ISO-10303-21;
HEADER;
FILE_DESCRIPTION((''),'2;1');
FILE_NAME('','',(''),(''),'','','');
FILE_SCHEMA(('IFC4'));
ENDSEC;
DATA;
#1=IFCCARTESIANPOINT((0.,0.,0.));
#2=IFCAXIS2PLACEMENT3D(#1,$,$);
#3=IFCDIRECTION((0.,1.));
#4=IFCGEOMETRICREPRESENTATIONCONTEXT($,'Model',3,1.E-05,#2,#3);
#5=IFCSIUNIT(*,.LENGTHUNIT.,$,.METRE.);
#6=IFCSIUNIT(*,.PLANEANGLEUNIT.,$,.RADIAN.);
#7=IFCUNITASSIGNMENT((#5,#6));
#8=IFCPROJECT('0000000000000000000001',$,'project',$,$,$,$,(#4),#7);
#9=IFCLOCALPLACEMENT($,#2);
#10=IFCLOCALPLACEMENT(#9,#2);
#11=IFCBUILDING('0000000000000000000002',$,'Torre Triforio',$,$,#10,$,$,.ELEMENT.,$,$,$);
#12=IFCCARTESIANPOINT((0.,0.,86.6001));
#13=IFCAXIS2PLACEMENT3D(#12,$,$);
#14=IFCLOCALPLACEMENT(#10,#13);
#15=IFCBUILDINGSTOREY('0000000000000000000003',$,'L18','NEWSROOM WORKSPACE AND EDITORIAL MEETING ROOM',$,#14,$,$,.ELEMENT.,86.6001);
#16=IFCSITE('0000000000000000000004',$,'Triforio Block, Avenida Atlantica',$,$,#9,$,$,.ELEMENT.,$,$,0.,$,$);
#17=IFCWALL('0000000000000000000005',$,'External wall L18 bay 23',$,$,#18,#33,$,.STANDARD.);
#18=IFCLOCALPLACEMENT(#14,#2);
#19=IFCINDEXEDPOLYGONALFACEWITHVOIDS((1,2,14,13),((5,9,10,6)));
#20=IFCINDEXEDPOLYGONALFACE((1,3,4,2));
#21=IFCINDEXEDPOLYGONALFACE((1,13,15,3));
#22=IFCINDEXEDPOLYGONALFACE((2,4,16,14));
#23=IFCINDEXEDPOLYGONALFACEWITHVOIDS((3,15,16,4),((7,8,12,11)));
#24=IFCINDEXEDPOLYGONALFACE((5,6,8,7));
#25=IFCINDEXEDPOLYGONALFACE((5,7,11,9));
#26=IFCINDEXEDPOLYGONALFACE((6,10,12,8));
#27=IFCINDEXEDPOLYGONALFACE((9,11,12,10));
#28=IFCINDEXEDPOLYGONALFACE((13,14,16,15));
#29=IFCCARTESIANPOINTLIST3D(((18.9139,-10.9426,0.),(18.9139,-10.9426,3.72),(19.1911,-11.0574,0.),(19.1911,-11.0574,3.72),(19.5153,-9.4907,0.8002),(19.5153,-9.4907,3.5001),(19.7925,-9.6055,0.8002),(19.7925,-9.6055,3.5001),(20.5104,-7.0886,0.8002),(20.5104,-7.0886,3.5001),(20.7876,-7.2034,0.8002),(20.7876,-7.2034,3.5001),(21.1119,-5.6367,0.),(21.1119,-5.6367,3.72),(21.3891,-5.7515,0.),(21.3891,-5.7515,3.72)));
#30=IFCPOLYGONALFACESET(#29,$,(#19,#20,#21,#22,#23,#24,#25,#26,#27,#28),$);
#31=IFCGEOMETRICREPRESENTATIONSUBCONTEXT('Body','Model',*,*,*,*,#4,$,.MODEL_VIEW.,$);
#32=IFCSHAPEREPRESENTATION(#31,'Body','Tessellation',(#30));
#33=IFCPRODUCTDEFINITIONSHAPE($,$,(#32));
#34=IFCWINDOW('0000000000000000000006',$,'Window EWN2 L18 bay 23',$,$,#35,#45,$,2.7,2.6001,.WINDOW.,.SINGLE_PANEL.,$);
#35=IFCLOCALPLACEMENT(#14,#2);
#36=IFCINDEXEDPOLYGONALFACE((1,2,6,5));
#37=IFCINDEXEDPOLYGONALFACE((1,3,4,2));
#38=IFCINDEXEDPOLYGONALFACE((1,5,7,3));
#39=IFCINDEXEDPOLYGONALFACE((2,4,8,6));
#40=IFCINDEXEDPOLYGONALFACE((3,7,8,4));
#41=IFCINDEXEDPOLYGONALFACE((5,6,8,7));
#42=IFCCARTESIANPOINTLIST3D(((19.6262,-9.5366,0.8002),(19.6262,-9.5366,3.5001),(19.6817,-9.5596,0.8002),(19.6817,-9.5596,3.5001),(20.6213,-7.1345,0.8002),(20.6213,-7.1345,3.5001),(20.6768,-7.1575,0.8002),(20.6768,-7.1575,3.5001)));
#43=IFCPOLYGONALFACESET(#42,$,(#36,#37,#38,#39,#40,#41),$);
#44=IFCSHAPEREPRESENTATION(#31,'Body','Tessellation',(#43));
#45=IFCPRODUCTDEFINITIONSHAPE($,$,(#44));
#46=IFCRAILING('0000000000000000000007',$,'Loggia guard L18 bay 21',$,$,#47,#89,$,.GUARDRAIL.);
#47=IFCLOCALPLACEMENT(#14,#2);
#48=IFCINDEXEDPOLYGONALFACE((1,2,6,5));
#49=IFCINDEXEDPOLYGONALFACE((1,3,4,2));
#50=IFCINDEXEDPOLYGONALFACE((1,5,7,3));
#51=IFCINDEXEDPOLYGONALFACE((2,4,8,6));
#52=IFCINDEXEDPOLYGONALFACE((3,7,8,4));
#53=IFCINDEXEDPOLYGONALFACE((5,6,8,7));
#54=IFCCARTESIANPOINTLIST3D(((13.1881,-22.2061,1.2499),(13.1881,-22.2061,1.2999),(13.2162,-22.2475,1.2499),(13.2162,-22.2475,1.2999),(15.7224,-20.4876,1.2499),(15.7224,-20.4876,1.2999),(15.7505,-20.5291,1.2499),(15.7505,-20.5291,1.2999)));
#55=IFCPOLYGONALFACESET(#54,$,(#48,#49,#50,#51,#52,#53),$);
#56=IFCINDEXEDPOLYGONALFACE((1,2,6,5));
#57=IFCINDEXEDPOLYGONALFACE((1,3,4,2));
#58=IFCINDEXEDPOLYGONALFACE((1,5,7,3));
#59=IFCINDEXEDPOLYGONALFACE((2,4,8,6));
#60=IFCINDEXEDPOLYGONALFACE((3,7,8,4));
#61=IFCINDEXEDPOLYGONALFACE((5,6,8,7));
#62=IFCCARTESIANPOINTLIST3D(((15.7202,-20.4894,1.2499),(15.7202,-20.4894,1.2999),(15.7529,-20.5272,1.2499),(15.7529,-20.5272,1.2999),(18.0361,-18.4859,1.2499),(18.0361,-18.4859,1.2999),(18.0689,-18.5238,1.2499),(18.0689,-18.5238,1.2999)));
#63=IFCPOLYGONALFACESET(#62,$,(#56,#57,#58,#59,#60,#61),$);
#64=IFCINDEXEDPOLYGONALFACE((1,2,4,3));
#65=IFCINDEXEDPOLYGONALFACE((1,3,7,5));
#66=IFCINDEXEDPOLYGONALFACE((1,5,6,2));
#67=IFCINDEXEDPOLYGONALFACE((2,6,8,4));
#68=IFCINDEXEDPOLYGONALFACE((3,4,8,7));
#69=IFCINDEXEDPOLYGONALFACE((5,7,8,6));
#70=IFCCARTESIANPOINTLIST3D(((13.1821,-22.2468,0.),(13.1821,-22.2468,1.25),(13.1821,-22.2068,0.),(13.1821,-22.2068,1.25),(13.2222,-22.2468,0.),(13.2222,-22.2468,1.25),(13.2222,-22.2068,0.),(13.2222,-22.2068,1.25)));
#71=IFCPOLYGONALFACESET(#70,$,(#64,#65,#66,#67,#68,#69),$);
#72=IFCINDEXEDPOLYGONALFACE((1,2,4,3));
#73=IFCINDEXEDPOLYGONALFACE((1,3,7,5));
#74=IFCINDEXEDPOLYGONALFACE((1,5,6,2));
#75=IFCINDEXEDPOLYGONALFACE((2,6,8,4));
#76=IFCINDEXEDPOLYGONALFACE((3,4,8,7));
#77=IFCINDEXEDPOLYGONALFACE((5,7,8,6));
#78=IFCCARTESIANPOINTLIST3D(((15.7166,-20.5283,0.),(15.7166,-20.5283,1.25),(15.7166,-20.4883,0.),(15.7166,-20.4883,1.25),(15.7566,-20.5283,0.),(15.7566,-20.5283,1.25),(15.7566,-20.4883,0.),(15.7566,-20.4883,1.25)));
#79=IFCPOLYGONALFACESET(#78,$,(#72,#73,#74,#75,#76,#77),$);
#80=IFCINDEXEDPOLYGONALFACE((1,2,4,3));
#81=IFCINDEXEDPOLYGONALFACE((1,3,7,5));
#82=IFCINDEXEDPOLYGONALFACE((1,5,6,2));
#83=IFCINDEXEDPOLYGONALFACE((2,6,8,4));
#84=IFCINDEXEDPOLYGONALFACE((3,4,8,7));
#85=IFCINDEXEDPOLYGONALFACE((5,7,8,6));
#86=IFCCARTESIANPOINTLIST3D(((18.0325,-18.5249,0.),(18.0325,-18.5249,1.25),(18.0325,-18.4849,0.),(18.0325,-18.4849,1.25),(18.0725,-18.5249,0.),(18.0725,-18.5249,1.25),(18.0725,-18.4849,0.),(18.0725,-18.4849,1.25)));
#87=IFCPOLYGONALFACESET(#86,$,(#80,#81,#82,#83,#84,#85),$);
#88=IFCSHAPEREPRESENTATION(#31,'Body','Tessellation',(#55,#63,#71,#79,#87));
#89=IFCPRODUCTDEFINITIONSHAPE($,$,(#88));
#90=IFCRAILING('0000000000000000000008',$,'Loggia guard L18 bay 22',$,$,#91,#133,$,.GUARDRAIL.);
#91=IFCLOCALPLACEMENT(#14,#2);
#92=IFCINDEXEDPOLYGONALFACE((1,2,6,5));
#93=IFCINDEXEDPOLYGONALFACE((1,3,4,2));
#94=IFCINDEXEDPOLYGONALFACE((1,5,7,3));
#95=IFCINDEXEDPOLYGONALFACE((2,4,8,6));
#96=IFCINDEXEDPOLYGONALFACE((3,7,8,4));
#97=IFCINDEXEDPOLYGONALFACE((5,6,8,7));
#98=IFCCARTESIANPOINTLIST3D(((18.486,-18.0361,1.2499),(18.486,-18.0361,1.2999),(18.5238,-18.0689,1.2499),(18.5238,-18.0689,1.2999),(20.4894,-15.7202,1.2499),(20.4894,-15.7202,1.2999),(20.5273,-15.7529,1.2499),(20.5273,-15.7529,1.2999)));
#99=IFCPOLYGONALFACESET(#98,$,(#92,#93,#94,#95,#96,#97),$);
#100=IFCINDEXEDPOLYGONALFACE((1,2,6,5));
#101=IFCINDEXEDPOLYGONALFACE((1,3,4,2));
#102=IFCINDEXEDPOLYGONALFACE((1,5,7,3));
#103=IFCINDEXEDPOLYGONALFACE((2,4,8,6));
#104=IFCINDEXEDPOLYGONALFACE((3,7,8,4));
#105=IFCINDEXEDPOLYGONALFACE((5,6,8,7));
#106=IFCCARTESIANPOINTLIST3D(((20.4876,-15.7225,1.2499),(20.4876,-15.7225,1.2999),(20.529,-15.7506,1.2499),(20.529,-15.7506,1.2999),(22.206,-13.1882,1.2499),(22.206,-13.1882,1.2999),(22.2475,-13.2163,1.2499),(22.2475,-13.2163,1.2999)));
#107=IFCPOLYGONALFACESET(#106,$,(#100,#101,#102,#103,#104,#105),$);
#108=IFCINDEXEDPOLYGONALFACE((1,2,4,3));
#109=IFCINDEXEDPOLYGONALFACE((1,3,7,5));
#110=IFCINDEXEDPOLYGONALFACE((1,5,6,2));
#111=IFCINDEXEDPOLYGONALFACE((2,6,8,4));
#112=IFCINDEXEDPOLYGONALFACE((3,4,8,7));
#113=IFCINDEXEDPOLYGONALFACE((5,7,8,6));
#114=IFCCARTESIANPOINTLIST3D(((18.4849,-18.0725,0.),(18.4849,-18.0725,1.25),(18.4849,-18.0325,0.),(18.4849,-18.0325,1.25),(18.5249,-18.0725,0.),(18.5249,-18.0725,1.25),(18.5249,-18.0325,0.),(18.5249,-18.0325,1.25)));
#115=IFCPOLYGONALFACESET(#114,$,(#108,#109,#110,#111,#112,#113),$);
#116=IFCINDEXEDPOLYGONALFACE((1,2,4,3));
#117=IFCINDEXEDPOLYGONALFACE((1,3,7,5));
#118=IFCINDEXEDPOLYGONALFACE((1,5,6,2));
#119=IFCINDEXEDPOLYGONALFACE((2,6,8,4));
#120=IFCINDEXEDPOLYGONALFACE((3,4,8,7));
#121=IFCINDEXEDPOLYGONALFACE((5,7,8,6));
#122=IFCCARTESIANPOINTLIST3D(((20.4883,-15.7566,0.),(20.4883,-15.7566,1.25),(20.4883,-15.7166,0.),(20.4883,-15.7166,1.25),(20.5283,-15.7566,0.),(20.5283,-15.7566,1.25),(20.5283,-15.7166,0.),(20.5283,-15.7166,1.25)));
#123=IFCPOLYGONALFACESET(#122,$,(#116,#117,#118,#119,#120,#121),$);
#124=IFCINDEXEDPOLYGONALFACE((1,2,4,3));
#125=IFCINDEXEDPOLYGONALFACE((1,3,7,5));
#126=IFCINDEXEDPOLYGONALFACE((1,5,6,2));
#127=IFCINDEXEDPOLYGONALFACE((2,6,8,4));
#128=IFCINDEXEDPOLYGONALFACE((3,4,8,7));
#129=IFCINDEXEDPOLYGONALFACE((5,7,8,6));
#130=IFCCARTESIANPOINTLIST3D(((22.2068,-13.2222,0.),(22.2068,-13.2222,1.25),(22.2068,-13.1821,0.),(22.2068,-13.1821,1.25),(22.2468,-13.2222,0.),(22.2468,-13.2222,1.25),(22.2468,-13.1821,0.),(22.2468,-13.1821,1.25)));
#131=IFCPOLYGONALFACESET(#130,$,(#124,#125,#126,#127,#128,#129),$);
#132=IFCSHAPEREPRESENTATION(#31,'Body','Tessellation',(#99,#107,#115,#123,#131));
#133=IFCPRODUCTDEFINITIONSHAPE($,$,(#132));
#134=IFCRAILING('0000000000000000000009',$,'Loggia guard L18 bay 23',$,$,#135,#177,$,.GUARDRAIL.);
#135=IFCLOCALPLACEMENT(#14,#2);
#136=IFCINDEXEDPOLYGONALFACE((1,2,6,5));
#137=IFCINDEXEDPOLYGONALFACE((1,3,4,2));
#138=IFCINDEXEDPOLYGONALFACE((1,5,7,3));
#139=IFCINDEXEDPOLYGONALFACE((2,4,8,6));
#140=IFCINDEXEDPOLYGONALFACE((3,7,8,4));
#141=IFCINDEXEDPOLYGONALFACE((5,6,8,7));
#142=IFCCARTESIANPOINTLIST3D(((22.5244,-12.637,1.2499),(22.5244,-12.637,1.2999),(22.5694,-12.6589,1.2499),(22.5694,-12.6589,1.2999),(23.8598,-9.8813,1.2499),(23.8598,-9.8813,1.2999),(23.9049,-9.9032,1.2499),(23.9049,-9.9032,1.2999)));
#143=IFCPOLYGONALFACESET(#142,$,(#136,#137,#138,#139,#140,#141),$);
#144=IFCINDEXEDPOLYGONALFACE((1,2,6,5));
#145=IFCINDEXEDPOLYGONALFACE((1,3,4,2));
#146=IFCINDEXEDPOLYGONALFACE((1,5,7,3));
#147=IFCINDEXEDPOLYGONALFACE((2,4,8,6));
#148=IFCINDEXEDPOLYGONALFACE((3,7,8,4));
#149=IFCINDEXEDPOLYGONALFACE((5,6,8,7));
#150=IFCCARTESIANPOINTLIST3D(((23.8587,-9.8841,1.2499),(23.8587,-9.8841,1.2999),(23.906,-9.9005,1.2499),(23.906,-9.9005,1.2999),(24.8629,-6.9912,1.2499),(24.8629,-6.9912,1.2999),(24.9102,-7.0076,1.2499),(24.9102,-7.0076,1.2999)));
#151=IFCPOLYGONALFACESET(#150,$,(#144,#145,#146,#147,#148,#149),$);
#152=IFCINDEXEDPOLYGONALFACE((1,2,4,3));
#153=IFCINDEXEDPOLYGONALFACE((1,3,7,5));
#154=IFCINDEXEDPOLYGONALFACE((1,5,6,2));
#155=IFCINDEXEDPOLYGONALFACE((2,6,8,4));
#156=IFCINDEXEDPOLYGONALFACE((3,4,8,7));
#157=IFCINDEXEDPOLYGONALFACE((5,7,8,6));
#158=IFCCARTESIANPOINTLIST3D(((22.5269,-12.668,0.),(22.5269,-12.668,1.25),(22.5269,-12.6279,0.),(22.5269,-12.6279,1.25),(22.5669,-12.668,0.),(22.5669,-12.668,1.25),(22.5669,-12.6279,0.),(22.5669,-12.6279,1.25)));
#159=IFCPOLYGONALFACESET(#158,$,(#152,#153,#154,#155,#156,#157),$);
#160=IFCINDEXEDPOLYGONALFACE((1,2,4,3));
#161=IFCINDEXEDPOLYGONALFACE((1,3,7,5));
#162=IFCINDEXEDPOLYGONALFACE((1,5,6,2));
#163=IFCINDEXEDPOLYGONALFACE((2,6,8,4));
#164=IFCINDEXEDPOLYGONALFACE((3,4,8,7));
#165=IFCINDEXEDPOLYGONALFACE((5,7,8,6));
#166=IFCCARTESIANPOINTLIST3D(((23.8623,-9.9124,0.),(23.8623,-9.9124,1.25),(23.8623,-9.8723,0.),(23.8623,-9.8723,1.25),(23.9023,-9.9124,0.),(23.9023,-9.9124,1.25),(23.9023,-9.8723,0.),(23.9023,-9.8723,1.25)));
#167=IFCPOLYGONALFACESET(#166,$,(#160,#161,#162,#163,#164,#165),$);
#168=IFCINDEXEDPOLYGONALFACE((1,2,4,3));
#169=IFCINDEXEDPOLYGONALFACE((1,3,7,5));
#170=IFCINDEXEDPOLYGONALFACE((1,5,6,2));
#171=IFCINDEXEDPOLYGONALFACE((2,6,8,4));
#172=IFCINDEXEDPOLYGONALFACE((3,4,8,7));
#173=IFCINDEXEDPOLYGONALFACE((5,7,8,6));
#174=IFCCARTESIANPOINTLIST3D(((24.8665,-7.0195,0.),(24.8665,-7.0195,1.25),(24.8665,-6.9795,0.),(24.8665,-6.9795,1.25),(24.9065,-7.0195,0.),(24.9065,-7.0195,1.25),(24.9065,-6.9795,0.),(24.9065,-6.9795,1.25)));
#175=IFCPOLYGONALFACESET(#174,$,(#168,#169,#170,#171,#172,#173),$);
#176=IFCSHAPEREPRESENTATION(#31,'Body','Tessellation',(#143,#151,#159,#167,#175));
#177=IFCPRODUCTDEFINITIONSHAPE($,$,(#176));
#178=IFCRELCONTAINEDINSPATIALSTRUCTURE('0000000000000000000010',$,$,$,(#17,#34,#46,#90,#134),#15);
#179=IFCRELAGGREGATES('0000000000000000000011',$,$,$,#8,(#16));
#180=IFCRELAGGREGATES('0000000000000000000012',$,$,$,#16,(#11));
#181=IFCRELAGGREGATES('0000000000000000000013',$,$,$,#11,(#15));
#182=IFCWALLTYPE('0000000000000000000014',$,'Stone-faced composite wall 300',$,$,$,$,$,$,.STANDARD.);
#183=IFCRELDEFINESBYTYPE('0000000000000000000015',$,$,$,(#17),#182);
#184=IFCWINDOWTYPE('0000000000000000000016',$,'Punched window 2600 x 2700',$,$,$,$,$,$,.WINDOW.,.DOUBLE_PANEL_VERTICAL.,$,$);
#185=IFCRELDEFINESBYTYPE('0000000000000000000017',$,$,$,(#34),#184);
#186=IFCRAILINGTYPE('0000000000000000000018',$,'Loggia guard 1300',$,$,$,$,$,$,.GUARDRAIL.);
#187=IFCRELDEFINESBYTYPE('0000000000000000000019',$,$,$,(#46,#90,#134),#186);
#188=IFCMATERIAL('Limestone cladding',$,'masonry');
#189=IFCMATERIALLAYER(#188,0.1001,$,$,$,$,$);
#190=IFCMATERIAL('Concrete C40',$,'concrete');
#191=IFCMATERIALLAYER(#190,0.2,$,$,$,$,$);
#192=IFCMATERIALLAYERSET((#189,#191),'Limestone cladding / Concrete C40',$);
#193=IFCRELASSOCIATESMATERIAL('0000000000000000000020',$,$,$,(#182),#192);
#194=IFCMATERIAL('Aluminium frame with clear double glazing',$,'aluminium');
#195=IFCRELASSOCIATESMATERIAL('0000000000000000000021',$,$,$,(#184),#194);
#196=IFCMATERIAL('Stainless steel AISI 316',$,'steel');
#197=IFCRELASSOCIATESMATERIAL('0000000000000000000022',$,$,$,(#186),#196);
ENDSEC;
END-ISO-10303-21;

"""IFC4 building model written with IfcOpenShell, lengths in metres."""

from ifc_helpers import new_model, si_unit, direction, frame, frame_2d, origin, origin_2d, place, context, subcontext, project, spatial, rectangle, extrude, material, layer, layer_set, type_object, element, fill, save


model = new_model("IFC4")

# Units and contexts
model_context = context("Model", 3, precision=1e-05, world=origin(), true_north=direction((0.0, 1.0)))
body_context = subcontext(model_context, "Body", "Model", "MODEL_VIEW")
ifc_project = project(units=[si_unit("LENGTHUNIT", "METRE"), si_unit("PLANEANGLEUNIT", "RADIAN")], contexts=[model_context])

# Site, building, storey
site_placement = place(None, origin())
site = spatial("IfcSite", under=ifc_project, at=site_placement, Name="Triforio Block, Avenida Atlantica", CompositionType="ELEMENT", RefElevation=0.0)
building_placement = place(site_placement, origin())
building = spatial("IfcBuilding", under=site, at=building_placement, Name="Torre Triforio", CompositionType="ELEMENT")
storey_placement = place(building_placement, frame((0.0, 0.0, 86.6001)))
storey = spatial("IfcBuildingStorey", under=building, at=storey_placement, Name="L18", Description="NEWSROOM WORKSPACE AND EDITORIAL MEETING ROOM", CompositionType="ELEMENT", Elevation=86.6001)

# Shared definitions
ifc_material_1 = material(Name="Limestone cladding", Category="masonry")
ifc_material_2 = material(Name="Concrete C40", Category="concrete")

# Shared definitions
ifc_layer_1 = layer(ifc_material_1, 0.1001)
ifc_layer_2 = layer(ifc_material_2, 0.2)
ifc_layer_set_1 = layer_set([ifc_layer_1, ifc_layer_2], Name="Limestone cladding / Concrete C40")
wall_type_1 = type_object("IfcWallType", Name="Stone-faced composite wall 300", PredefinedType="STANDARD", material=ifc_layer_set_1)
ifc_material_3 = material(Name="Aluminium frame with clear double glazing", Category="aluminium")
window_type_1 = type_object("IfcWindowType", Name="Punched window 2600 x 2700", PartitioningType="DOUBLE_PANEL_VERTICAL", PredefinedType="WINDOW", material=ifc_material_3)

# Wall, opening, window
wall_1_placement = place(storey_placement, frame((19.0525, -11.0, 0.0), z_axis=(0.0, 0.0, 1.0), x_axis=(0.382716, 0.923866, 0.0)))
wall_1 = element("IfcWall", 1, at=wall_1_placement, inside=storey, type_object=wall_type_1, Name="External wall L18 bay 23", PredefinedType="STANDARD", context=body_context, shape_type="SweptSolid", body=[
    extrude(rectangle(XDim=5.7432, YDim=0.3, at=frame_2d((2.8716, 0.0))), origin(), (0.0, 0.0, 1.0), 3.72),
])
opening_1_placement = place(wall_1_placement, frame((1.5715, 0.0, 0.8)))
opening_1 = element("IfcOpeningElement", 2, at=opening_1_placement, cuts=wall_1, PredefinedType="OPENING", context=body_context, shape_type="SweptSolid", body=[
    extrude(rectangle(XDim=2.6001, YDim=2.7, at=frame_2d((1.3, 1.3501))), frame((0.0, 0.1599, 0.0), z_axis=(0.0, -1.0, 0.0), x_axis=(1.0, 0.0, 0.0)), (0.0, 0.0, 1.0), 0.3201),
])
window_1_placement = place(opening_1_placement, origin())
window_1 = element("IfcWindow", 3, at=window_1_placement, inside=storey, type_object=window_type_1, Name="Window EWN2 L18 bay 23", OverallHeight=2.7, OverallWidth=2.6001, PartitioningType="SINGLE_PANEL", PredefinedType="WINDOW", context=body_context, shape_type="SweptSolid", body=[
    extrude(rectangle(XDim=2.6001, YDim=2.7, at=frame_2d((1.3, 1.3501))), frame((0.0, 0.03, 0.0), z_axis=(0.0, -1.0, 0.0), x_axis=(1.0, 0.0, 0.0)), (0.0, 0.0, 1.0), 0.0601),
])
fill(opening_1, window_1)

# Railings
ifc_material_4 = material(Name="Stainless steel AISI 316", Category="steel")
railing_type = type_object("IfcRailingType", Name="Loggia guard 1300", PredefinedType="GUARDRAIL", material=ifc_material_4)
railing_1_placement = place(storey_placement, frame((13.2021, -22.2268, 0.0)))
element("IfcRailing", 4, at=railing_1_placement, inside=storey, type_object=railing_type, Name="Loggia guard L18 bay 21", PredefinedType="GUARDRAIL", context=body_context, shape_type="SweptSolid", body=[
    extrude(rectangle(XDim=0.05, YDim=0.05, at=origin_2d()), frame((0.0, 0.0, 1.2749), z_axis=(0.82767, 0.561215, 0.0), x_axis=(-0.561215, 0.82767, 0.0)), (0.0, 0.0, 1.0), 3.062),
    extrude(rectangle(XDim=0.05, YDim=0.05, at=origin_2d()), frame((2.5344, 1.7185, 1.2749), z_axis=(0.756289, 0.654238, 0.0), x_axis=(-0.654238, 0.756289, 0.0)), (0.0, 0.0, 1.0), 3.0623),
    extrude(rectangle(XDim=0.04, YDim=0.04, at=origin_2d()), origin(), (0.0, 0.0, 1.0), 1.25),
    extrude(rectangle(XDim=0.04, YDim=0.04, at=origin_2d()), frame((2.5344, 1.7185, 0.0)), (0.0, 0.0, 1.0), 1.25),
    extrude(rectangle(XDim=0.04, YDim=0.04, at=origin_2d()), frame((4.8503, 3.7219, 0.0)), (0.0, 0.0, 1.0), 1.25),
])
railing_2_placement = place(storey_placement, frame((18.5049, -18.0525, 0.0)))
element("IfcRailing", 5, at=railing_2_placement, inside=storey, type_object=railing_type, Name="Loggia guard L18 bay 22", PredefinedType="GUARDRAIL", context=body_context, shape_type="SweptSolid", body=[
    extrude(rectangle(XDim=0.05, YDim=0.05, at=origin_2d()), frame((0.0, 0.0, 1.2749), z_axis=(0.654238, 0.756289, 0.0), x_axis=(-0.756289, 0.654238, 0.0)), (0.0, 0.0, 1.0), 3.0623),
    extrude(rectangle(XDim=0.05, YDim=0.05, at=origin_2d()), frame((2.0034, 2.3159, 1.2749), z_axis=(0.561215, 0.82767, 0.0), x_axis=(-0.82767, 0.561215, 0.0)), (0.0, 0.0, 1.0), 3.062),
    extrude(rectangle(XDim=0.04, YDim=0.04, at=origin_2d()), origin(), (0.0, 0.0, 1.0), 1.25),
    extrude(rectangle(XDim=0.04, YDim=0.04, at=origin_2d()), frame((2.0034, 2.3159, 0.0)), (0.0, 0.0, 1.0), 1.25),
    extrude(rectangle(XDim=0.04, YDim=0.04, at=origin_2d()), frame((3.7219, 4.8503, 0.0)), (0.0, 0.0, 1.0), 1.25),
])
railing_3_placement = place(storey_placement, frame((22.5469, -12.6479, 0.0)))
element("IfcRailing", 6, at=railing_3_placement, inside=storey, type_object=railing_type, Name="Loggia guard L18 bay 23", PredefinedType="GUARDRAIL", context=body_context, shape_type="SweptSolid", body=[
    extrude(rectangle(XDim=0.05, YDim=0.05, at=origin_2d()), frame((0.0, 0.0, 1.2749), z_axis=(0.436113, 0.899892, 0.0), x_axis=(-0.899892, 0.436113, 0.0)), (0.0, 0.0, 1.0), 3.0623),
    extrude(rectangle(XDim=0.05, YDim=0.05, at=origin_2d()), frame((1.3354, 2.7556, 1.2749), z_axis=(0.327924, 0.944704, 0.0), x_axis=(-0.944704, 0.327924, 0.0)), (0.0, 0.0, 1.0), 3.0623),
    extrude(rectangle(XDim=0.04, YDim=0.04, at=origin_2d()), origin(), (0.0, 0.0, 1.0), 1.25),
    extrude(rectangle(XDim=0.04, YDim=0.04, at=origin_2d()), frame((1.3354, 2.7556, 0.0)), (0.0, 0.0, 1.0), 1.25),
    extrude(rectangle(XDim=0.04, YDim=0.04, at=origin_2d()), frame((2.3396, 5.6484, 0.0)), (0.0, 0.0, 1.0), 1.25),
])

save(model, "model.ifc")
